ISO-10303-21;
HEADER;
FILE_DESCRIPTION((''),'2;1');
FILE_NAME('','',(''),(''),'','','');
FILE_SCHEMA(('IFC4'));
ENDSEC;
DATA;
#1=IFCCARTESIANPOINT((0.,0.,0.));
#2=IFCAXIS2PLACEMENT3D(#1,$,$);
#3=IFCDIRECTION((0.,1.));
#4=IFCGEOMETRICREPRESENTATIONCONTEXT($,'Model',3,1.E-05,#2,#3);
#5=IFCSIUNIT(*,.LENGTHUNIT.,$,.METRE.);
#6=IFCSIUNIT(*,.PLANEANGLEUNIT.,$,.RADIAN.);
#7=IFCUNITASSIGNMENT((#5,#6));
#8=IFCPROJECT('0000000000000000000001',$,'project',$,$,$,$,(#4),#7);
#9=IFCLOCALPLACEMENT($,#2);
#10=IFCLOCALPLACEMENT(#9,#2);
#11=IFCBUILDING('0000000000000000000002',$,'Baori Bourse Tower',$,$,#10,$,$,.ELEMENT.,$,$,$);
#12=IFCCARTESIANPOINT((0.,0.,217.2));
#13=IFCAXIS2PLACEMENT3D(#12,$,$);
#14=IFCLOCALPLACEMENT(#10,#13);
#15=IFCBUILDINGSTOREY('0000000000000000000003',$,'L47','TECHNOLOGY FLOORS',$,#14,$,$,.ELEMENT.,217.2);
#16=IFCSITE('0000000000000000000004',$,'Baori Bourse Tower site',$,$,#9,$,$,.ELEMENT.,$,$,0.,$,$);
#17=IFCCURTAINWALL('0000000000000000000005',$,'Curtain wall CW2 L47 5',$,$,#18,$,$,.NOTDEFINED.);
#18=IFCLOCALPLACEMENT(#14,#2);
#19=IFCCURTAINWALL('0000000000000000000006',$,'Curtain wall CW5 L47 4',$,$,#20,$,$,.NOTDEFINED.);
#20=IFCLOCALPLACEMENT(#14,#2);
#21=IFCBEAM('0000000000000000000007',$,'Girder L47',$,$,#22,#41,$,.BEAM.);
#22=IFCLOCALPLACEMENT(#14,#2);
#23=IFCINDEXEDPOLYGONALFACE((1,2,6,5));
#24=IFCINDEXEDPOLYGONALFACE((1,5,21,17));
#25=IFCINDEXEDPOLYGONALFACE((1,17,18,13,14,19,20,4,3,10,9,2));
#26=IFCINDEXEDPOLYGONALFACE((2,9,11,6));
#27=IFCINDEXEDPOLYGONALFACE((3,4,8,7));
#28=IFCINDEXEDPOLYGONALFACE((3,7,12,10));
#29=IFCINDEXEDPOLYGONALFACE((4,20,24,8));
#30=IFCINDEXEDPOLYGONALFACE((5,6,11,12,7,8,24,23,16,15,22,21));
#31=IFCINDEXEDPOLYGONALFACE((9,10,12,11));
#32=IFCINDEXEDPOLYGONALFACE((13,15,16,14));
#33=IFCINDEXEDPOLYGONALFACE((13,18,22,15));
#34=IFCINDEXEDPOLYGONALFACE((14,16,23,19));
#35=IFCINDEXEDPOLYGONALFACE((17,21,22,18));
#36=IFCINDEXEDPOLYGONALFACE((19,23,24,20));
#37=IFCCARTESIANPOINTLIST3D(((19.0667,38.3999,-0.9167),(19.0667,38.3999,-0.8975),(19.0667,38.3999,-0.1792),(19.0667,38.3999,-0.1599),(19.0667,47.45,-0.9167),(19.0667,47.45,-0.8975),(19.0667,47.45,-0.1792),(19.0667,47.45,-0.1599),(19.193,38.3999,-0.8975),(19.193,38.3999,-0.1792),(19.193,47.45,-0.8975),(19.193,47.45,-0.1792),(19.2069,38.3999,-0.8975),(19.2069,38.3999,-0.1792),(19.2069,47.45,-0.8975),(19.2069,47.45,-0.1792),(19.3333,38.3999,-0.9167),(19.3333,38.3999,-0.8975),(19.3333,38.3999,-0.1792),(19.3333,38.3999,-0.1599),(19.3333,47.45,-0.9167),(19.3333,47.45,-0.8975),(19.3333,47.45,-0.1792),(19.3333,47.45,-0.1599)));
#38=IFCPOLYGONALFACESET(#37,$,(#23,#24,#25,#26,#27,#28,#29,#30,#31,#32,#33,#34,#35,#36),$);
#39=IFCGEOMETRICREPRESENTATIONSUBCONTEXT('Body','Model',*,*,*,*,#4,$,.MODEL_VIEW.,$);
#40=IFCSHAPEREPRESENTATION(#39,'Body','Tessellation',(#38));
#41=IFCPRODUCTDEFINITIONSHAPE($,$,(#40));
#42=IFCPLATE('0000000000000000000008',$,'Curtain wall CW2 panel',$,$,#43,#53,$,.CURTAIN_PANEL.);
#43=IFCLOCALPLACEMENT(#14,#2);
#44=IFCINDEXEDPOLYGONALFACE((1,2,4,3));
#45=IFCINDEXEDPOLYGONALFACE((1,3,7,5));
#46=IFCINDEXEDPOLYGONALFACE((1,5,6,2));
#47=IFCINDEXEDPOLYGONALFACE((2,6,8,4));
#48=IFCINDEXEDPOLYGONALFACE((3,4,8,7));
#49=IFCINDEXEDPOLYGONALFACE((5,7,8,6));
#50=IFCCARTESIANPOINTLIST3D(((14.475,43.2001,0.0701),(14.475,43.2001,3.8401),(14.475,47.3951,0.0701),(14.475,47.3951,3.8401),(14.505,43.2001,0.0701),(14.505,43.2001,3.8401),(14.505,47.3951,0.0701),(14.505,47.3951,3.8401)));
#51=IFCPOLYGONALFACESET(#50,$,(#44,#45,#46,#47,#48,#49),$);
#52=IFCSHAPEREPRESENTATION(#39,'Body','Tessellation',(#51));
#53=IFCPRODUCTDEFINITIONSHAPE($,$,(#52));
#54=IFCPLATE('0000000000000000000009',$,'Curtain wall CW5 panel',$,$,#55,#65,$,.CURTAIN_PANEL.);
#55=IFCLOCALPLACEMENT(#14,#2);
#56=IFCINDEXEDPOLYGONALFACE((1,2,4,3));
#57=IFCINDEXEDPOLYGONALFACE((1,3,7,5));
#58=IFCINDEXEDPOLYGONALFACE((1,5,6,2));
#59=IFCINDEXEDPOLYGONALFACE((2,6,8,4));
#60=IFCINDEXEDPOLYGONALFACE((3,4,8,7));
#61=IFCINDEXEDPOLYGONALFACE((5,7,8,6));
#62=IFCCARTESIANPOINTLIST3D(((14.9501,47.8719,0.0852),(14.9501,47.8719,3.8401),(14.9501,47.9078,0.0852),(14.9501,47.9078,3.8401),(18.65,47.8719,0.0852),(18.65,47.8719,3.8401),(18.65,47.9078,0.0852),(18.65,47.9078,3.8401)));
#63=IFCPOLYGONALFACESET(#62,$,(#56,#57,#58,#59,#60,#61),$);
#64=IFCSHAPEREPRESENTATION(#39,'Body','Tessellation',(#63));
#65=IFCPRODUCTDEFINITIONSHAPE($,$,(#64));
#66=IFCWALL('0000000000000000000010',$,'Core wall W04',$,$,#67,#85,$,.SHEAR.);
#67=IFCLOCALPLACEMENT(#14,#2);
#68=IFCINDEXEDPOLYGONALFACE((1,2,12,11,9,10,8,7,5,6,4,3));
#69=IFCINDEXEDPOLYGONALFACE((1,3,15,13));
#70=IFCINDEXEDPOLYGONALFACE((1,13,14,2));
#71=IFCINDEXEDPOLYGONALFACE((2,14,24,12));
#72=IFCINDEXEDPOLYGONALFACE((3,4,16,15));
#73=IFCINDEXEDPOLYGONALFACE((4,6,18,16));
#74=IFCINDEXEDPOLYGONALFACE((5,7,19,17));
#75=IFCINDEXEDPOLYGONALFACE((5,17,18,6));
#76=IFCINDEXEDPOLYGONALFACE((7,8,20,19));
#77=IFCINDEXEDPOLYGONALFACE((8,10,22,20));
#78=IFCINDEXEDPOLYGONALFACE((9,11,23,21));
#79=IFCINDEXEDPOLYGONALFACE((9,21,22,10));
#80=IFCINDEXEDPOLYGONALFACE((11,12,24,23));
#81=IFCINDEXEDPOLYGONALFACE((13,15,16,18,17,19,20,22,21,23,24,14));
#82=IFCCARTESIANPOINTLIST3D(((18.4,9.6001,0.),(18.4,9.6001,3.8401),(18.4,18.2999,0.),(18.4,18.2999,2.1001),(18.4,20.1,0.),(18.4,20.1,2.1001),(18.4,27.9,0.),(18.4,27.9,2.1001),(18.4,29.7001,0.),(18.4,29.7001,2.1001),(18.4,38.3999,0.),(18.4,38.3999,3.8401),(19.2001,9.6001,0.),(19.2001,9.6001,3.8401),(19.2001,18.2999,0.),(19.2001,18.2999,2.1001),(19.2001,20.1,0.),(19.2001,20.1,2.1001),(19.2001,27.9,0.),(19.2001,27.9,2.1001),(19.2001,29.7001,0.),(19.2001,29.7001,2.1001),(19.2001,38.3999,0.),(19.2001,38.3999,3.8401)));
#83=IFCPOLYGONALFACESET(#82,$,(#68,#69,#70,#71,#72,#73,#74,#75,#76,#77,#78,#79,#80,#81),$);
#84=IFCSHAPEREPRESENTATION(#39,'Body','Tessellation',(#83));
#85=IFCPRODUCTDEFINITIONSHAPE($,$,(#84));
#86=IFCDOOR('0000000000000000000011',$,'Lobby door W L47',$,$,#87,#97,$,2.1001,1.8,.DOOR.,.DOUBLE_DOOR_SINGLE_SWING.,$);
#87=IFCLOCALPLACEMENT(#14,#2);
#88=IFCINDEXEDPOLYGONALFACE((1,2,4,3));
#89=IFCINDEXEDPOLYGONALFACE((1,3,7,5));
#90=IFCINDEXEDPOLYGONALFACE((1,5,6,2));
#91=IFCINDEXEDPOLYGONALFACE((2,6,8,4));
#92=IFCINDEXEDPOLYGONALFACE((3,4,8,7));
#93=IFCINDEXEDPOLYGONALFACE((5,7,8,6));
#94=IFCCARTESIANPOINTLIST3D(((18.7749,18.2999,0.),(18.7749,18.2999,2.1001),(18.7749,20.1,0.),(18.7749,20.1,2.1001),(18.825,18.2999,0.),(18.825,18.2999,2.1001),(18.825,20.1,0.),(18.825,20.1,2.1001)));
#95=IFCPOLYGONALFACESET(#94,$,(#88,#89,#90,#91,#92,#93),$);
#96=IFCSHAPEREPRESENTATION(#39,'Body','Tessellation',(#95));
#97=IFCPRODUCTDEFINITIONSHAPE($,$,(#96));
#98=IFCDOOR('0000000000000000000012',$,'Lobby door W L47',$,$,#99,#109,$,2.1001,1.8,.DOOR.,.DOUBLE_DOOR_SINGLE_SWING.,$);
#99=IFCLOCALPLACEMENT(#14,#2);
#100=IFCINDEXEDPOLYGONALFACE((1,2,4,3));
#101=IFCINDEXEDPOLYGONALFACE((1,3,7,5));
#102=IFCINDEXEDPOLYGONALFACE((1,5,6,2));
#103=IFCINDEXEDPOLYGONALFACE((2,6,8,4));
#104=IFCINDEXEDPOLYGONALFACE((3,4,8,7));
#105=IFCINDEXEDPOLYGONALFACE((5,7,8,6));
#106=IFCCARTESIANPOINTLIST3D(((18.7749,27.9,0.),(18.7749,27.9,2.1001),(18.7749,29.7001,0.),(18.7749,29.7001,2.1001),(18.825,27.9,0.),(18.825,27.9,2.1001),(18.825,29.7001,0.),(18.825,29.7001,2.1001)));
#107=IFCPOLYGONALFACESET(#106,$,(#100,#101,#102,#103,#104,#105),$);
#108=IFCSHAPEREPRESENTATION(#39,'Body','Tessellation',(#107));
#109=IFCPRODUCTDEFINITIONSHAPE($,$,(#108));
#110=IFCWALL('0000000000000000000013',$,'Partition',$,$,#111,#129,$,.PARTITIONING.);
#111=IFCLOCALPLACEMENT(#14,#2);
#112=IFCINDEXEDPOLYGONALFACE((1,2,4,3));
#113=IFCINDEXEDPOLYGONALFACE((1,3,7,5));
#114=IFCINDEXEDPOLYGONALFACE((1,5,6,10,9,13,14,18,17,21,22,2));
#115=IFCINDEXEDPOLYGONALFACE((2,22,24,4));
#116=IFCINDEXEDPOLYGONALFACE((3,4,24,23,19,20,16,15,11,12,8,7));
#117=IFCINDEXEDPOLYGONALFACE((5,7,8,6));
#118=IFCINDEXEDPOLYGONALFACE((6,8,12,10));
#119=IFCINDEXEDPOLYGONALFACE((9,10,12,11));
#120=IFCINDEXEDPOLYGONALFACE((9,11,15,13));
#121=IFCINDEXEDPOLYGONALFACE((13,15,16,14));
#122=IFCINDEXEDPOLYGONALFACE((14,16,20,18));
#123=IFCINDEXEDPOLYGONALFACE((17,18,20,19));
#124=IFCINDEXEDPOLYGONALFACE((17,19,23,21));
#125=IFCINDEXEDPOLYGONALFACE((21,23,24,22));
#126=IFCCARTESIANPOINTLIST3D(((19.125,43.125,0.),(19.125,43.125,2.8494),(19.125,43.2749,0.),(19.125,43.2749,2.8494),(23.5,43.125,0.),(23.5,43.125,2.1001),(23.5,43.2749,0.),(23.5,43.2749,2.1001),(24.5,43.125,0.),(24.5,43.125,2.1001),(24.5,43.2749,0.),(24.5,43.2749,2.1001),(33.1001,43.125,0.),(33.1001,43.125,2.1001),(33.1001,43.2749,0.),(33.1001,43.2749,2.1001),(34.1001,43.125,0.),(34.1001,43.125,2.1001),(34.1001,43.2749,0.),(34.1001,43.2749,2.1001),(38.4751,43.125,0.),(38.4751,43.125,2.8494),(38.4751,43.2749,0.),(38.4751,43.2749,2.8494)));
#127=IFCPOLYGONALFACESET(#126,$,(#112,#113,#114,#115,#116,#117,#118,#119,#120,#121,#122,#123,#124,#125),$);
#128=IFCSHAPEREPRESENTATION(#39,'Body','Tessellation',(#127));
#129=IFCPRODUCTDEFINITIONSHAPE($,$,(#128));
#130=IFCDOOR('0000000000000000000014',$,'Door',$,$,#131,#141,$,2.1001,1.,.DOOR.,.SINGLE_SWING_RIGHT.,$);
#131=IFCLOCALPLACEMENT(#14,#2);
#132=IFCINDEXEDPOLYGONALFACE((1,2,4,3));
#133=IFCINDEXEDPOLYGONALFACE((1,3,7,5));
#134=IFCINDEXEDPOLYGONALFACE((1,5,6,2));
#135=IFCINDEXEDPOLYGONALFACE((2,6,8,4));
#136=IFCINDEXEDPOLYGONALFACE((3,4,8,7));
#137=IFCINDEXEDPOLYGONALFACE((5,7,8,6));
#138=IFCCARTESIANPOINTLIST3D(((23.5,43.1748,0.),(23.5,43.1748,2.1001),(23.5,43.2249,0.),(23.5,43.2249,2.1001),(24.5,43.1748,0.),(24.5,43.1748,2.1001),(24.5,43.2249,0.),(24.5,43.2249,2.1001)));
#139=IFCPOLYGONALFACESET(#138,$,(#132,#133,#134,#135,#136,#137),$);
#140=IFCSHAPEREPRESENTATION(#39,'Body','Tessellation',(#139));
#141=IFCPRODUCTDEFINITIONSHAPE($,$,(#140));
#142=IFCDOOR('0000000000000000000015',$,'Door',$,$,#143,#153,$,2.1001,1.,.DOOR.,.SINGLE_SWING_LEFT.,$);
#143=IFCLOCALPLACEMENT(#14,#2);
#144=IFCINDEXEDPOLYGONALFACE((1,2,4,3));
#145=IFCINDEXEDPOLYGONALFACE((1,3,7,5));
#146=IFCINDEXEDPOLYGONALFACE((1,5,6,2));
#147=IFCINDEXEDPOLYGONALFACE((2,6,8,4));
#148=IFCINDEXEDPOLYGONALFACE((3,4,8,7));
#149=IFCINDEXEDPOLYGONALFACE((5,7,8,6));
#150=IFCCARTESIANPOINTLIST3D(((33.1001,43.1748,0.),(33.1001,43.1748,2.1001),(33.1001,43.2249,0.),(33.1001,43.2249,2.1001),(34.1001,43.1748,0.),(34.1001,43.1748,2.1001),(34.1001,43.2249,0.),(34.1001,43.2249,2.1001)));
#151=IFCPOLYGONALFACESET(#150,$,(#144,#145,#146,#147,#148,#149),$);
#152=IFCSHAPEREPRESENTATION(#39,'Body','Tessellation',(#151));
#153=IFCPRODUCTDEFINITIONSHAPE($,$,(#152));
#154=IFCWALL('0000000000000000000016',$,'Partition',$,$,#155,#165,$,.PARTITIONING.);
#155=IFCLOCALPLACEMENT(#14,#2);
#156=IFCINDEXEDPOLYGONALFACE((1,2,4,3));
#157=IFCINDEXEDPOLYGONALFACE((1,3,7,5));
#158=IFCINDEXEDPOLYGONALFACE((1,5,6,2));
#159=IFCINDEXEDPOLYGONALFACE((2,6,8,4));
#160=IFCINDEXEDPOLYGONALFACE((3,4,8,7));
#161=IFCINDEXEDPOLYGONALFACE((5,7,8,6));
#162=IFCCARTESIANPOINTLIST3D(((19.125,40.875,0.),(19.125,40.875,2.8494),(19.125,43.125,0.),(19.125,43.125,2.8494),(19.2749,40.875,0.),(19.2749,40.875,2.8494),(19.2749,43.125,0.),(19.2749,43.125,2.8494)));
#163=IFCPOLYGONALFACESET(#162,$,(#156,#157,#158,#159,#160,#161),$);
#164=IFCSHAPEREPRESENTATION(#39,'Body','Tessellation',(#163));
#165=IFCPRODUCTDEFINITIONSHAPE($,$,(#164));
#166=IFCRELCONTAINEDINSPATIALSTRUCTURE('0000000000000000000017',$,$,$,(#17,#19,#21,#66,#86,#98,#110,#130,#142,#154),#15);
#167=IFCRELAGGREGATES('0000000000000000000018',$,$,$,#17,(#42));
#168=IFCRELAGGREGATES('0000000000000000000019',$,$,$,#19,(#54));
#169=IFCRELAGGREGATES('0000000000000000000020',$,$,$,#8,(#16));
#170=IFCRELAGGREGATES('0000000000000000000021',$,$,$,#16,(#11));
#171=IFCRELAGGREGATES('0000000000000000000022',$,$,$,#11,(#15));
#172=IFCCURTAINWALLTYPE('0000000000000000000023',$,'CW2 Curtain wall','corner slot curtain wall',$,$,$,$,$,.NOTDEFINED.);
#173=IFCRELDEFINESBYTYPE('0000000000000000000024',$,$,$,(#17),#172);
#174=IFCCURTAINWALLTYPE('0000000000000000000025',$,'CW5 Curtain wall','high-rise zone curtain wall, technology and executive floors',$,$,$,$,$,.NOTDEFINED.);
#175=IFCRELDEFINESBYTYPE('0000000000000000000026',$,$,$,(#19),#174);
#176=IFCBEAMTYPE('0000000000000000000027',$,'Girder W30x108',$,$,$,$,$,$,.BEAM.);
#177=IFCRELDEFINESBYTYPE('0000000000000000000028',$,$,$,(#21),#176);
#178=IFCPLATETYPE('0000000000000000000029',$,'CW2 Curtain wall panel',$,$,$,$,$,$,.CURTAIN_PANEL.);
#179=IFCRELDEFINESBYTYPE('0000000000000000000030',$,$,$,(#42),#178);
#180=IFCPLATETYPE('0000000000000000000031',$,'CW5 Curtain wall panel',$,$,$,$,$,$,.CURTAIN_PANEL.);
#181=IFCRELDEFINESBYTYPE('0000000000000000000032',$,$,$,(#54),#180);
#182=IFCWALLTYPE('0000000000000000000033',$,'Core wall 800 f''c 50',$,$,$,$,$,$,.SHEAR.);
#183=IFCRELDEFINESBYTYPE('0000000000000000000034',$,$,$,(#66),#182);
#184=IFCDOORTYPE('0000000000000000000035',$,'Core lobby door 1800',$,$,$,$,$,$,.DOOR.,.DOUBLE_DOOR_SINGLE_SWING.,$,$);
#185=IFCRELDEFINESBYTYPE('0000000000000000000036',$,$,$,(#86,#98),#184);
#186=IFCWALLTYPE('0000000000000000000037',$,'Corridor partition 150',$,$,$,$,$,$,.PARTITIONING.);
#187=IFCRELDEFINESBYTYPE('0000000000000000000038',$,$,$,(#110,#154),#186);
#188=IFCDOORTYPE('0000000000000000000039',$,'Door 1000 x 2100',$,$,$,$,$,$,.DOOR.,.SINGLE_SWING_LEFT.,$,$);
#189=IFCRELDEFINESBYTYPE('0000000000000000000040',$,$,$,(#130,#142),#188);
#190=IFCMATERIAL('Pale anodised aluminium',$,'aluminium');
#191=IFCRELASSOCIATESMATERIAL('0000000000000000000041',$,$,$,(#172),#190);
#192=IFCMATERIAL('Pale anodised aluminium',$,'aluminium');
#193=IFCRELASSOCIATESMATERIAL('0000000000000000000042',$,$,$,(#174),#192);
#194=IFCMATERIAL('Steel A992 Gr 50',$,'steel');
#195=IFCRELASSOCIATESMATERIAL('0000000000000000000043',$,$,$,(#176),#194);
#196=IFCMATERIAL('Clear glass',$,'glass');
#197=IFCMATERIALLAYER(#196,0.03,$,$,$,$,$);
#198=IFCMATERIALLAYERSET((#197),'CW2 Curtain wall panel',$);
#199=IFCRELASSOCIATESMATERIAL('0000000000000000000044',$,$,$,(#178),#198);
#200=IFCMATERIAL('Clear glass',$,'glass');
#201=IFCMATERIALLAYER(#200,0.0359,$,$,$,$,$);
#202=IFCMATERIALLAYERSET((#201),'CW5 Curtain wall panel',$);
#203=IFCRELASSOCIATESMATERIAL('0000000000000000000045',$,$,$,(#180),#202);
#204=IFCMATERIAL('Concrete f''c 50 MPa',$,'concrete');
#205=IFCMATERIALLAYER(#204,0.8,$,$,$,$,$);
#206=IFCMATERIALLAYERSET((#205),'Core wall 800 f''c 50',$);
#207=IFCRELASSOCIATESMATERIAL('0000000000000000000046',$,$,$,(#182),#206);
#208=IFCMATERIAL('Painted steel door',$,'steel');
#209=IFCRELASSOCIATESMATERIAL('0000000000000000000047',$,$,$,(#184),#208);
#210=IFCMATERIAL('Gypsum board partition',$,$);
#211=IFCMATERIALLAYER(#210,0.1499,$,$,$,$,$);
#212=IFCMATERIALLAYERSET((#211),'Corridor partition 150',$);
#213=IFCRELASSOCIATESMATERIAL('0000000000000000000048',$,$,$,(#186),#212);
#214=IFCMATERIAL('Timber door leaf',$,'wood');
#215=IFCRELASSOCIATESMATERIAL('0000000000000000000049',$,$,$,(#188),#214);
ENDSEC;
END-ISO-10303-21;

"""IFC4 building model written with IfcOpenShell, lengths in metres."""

from ifc_helpers import new_model, si_unit, direction, frame, frame_2d, origin, origin_2d, place, context, subcontext, project, spatial, rectangle, i_section, extrude, material, layer, layer_set, material_profile, profile_set, type_object, element, fill, aggregate, save


model = new_model("IFC4")

# Units and contexts
model_context = context("Model", 3, precision=1e-05, world=origin(), true_north=direction((0.0, 1.0)))
body_context = subcontext(model_context, "Body", "Model", "MODEL_VIEW")
ifc_project = project(units=[si_unit("LENGTHUNIT", "METRE"), si_unit("PLANEANGLEUNIT", "RADIAN")], contexts=[model_context])

# Site, building, storey
site_placement = place(None, origin())
site = spatial("IfcSite", under=ifc_project, at=site_placement, Name="Baori Bourse Tower site", CompositionType="ELEMENT", RefElevation=0.0)
building_placement = place(site_placement, origin())
building = spatial("IfcBuilding", under=site, at=building_placement, Name="Baori Bourse Tower", CompositionType="ELEMENT")
storey_placement = place(building_placement, frame((0.0, 0.0, 217.2)))
storey = spatial("IfcBuildingStorey", under=building, at=storey_placement, Name="L47", Description="TECHNOLOGY FLOORS", CompositionType="ELEMENT", Elevation=217.2)

# Curtain wall
ifc_material_1 = material(Name="Pale anodised aluminium", Category="aluminium")
curtain_wall_type_1 = type_object("IfcCurtainWallType", Name="CW2 Curtain wall", Description="corner slot curtain wall", PredefinedType="NOTDEFINED", material=ifc_material_1)
curtain_wall_1_placement = place(storey_placement, origin())
curtain_wall_1 = element("IfcCurtainWall", 1, at=curtain_wall_1_placement, inside=storey, type_object=curtain_wall_type_1, Name="Curtain wall CW2 L47 5", PredefinedType="NOTDEFINED")

# Curtain wall
ifc_material_2 = material(Name="Pale anodised aluminium", Category="aluminium")
curtain_wall_type_2 = type_object("IfcCurtainWallType", Name="CW5 Curtain wall", Description="high-rise zone curtain wall, technology and executive floors", PredefinedType="NOTDEFINED", material=ifc_material_2)
curtain_wall_2_placement = place(storey_placement, origin())
curtain_wall_2 = element("IfcCurtainWall", 2, at=curtain_wall_2_placement, inside=storey, type_object=curtain_wall_type_2, Name="Curtain wall CW5 L47 4", PredefinedType="NOTDEFINED")

# Beam
ifc_material_3 = material(Name="Steel A992 Gr 50", Category="steel")
ifc_material_profile_1 = material_profile(ifc_material_3, i_section(OverallWidth=0.2666, OverallDepth=0.7568, WebThickness=0.0139, FlangeThickness=0.0193, at=origin_2d()), Name="W30x108")
ifc_profile_set_1 = profile_set([ifc_material_profile_1], Name="Steel A992 Gr 50")
beam_type_1 = type_object("IfcBeamType", Name="Girder W30x108", PredefinedType="BEAM", material=ifc_profile_set_1)
beam_1_placement = place(storey_placement, frame((19.2, 38.3999, -0.5383), z_axis=(0.0, 1.0, 0.0), x_axis=(-1.0, 0.0, 0.0)))
element("IfcBeam", 3, at=beam_1_placement, inside=storey, type_object=beam_type_1, Name="Girder L47", PredefinedType="BEAM", context=body_context, shape_type="SweptSolid", body=[
    extrude(i_section(OverallWidth=0.2666, OverallDepth=0.7568, WebThickness=0.0139, FlangeThickness=0.0193, at=origin_2d()), origin(), (0.0, 0.0, 1.0), 9.05),
])

# Plates
ifc_material_4 = material(Name="Clear glass", Category="glass")
ifc_layer_1 = layer(ifc_material_4, 0.03)
ifc_layer_set_1 = layer_set([ifc_layer_1], Name="CW2 Curtain wall panel")
plate_type_1 = type_object("IfcPlateType", Name="CW2 Curtain wall panel", PredefinedType="CURTAIN_PANEL", material=ifc_layer_set_1)
plate_1_placement = place(storey_placement, frame((14.49, 45.2976, 0.0701), z_axis=(0.0, 0.0, 1.0), x_axis=(0.0, -1.0, 0.0)))
plate_1 = element("IfcPlate", 4, at=plate_1_placement, type_object=plate_type_1, Name="Curtain wall CW2 panel", PredefinedType="CURTAIN_PANEL", context=body_context, shape_type="SweptSolid", body=[
    extrude(rectangle(XDim=4.1951, YDim=0.03, at=origin_2d()), origin(), (0.0, 0.0, 1.0), 3.77),
])
aggregate(curtain_wall_1, [plate_1])
ifc_material_5 = material(Name="Clear glass", Category="glass")
ifc_layer_2 = layer(ifc_material_5, 0.0359)
ifc_layer_set_2 = layer_set([ifc_layer_2], Name="CW5 Curtain wall panel")
plate_type_2 = type_object("IfcPlateType", Name="CW5 Curtain wall panel", PredefinedType="CURTAIN_PANEL", material=ifc_layer_set_2)
plate_2_placement = place(storey_placement, frame((16.8, 47.8899, 0.0852), z_axis=(0.0, 0.0, 1.0), x_axis=(-1.0, 0.0, 0.0)))
plate_2 = element("IfcPlate", 5, at=plate_2_placement, type_object=plate_type_2, Name="Curtain wall CW5 panel", PredefinedType="CURTAIN_PANEL", context=body_context, shape_type="SweptSolid", body=[
    extrude(rectangle(XDim=3.7, YDim=0.0359, at=origin_2d()), origin(), (0.0, 0.0, 1.0), 3.7549),
])
aggregate(curtain_wall_2, [plate_2])

# Walls, openings, doors
ifc_material_6 = material(Name="Concrete f'c 50 MPa", Category="concrete")
ifc_layer_3 = layer(ifc_material_6, 0.8)
ifc_layer_set_3 = layer_set([ifc_layer_3], Name="Core wall 800 f'c 50")
wall_type_1 = type_object("IfcWallType", Name="Core wall 800 f'c 50", PredefinedType="SHEAR", material=ifc_layer_set_3)
wall_1_placement = place(storey_placement, frame((18.8, 38.3999, 0.0), z_axis=(0.0, 0.0, 1.0), x_axis=(0.0, -1.0, 0.0)))
wall_1 = element("IfcWall", 6, at=wall_1_placement, inside=storey, type_object=wall_type_1, Name="Core wall W04", PredefinedType="SHEAR", context=body_context, shape_type="SweptSolid", body=[
    extrude(rectangle(XDim=28.7998, YDim=0.8, at=frame_2d((14.3999, 0.0))), origin(), (0.0, 0.0, 1.0), 3.8401),
])
opening_1_placement = place(wall_1_placement, frame((18.3, 0.0, 0.0)))
opening_1 = element("IfcOpeningElement", 7, at=opening_1_placement, cuts=wall_1, PredefinedType="OPENING", context=body_context, shape_type="SweptSolid", body=[
    extrude(rectangle(XDim=1.8, YDim=2.1001, at=frame_2d((0.8999, 1.05))), frame((0.0, 0.4099, 0.0), z_axis=(0.0, -1.0, 0.0), x_axis=(1.0, 0.0, 0.0)), (0.0, 0.0, 1.0), 0.8201),
])
opening_2_placement = place(wall_1_placement, frame((8.7, 0.0, 0.0)))
opening_2 = element("IfcOpeningElement", 8, at=opening_2_placement, cuts=wall_1, PredefinedType="OPENING", context=body_context, shape_type="SweptSolid", body=[
    extrude(rectangle(XDim=1.8, YDim=2.1001, at=frame_2d((0.8999, 1.05))), frame((0.0, 0.4099, 0.0), z_axis=(0.0, -1.0, 0.0), x_axis=(1.0, 0.0, 0.0)), (0.0, 0.0, 1.0), 0.8201),
])
ifc_material_7 = material(Name="Painted steel door", Category="steel")
door_type_1 = type_object("IfcDoorType", Name="Core lobby door 1800", OperationType="DOUBLE_DOOR_SINGLE_SWING", PredefinedType="DOOR", material=ifc_material_7)
door_1_placement = place(opening_1_placement, origin())
door_1 = element("IfcDoor", 9, at=door_1_placement, inside=storey, type_object=door_type_1, Name="Lobby door W L47", OperationType="DOUBLE_DOOR_SINGLE_SWING", OverallHeight=2.1001, OverallWidth=1.8, PredefinedType="DOOR", context=body_context, shape_type="SweptSolid", body=[
    extrude(rectangle(XDim=1.8, YDim=2.1001, at=frame_2d((0.8999, 1.05))), frame((0.0, 0.0249, 0.0), z_axis=(0.0, -1.0, 0.0), x_axis=(1.0, 0.0, 0.0)), (0.0, 0.0, 1.0), 0.05),
])
fill(opening_1, door_1)
door_2_placement = place(opening_2_placement, origin())
door_2 = element("IfcDoor", 10, at=door_2_placement, inside=storey, type_object=door_type_1, Name="Lobby door W L47", OperationType="DOUBLE_DOOR_SINGLE_SWING", OverallHeight=2.1001, OverallWidth=1.8, PredefinedType="DOOR", context=body_context, shape_type="SweptSolid", body=[
    extrude(rectangle(XDim=1.8, YDim=2.1001, at=frame_2d((0.8999, 1.05))), frame((0.0, 0.0249, 0.0), z_axis=(0.0, -1.0, 0.0), x_axis=(1.0, 0.0, 0.0)), (0.0, 0.0, 1.0), 0.05),
])
fill(opening_2, door_2)
ifc_material_8 = material(Name="Gypsum board partition")
ifc_layer_4 = layer(ifc_material_8, 0.1499)
ifc_layer_set_4 = layer_set([ifc_layer_4], Name="Corridor partition 150")
wall_type_2 = type_object("IfcWallType", Name="Corridor partition 150", PredefinedType="PARTITIONING", material=ifc_layer_set_4)
wall_2_placement = place(storey_placement, frame((19.125, 43.2, 0.0), z_axis=(0.0, 0.0, 1.0), x_axis=(1.0, 0.0, 0.0)))
wall_2 = element("IfcWall", 11, at=wall_2_placement, inside=storey, type_object=wall_type_2, Name="Partition", PredefinedType="PARTITIONING", context=body_context, shape_type="SweptSolid", body=[
    extrude(rectangle(XDim=19.3501, YDim=0.1499, at=frame_2d((9.675, 0.0))), origin(), (0.0, 0.0, 1.0), 2.8494),
])
opening_3_placement = place(wall_2_placement, frame((4.375, 0.0, 0.0)))
opening_3 = element("IfcOpeningElement", 12, at=opening_3_placement, cuts=wall_2, PredefinedType="OPENING", context=body_context, shape_type="SweptSolid", body=[
    extrude(rectangle(XDim=1.0, YDim=2.1001, at=frame_2d((0.5, 1.05))), frame((0.0, 0.085, 0.0), z_axis=(0.0, -1.0, 0.0), x_axis=(1.0, 0.0, 0.0)), (0.0, 0.0, 1.0), 0.1699),
])
opening_4_placement = place(wall_2_placement, frame((13.9751, 0.0, 0.0)))
opening_4 = element("IfcOpeningElement", 13, at=opening_4_placement, cuts=wall_2, PredefinedType="OPENING", context=body_context, shape_type="SweptSolid", body=[
    extrude(rectangle(XDim=1.0, YDim=2.1001, at=frame_2d((0.5, 1.05))), frame((0.0, 0.085, 0.0), z_axis=(0.0, -1.0, 0.0), x_axis=(1.0, 0.0, 0.0)), (0.0, 0.0, 1.0), 0.1699),
])
ifc_material_9 = material(Name="Timber door leaf", Category="wood")
door_type_2 = type_object("IfcDoorType", Name="Door 1000 x 2100", OperationType="SINGLE_SWING_LEFT", PredefinedType="DOOR", material=ifc_material_9)
door_3_placement = place(opening_3_placement, origin())
door_3 = element("IfcDoor", 14, at=door_3_placement, inside=storey, type_object=door_type_2, Name="Door", OperationType="SINGLE_SWING_RIGHT", OverallHeight=2.1001, OverallWidth=1.0, PredefinedType="DOOR", context=body_context, shape_type="SweptSolid", body=[
    extrude(rectangle(XDim=1.0, YDim=2.1001, at=frame_2d((0.5, 1.05))), frame((0.0, 0.0249, 0.0), z_axis=(0.0, -1.0, 0.0), x_axis=(1.0, 0.0, 0.0)), (0.0, 0.0, 1.0), 0.05),
])
fill(opening_3, door_3)
door_4_placement = place(opening_4_placement, origin())
door_4 = element("IfcDoor", 15, at=door_4_placement, inside=storey, type_object=door_type_2, Name="Door", OperationType="SINGLE_SWING_LEFT", OverallHeight=2.1001, OverallWidth=1.0, PredefinedType="DOOR", context=body_context, shape_type="SweptSolid", body=[
    extrude(rectangle(XDim=1.0, YDim=2.1001, at=frame_2d((0.5, 1.05))), frame((0.0, 0.0249, 0.0), z_axis=(0.0, -1.0, 0.0), x_axis=(1.0, 0.0, 0.0)), (0.0, 0.0, 1.0), 0.05),
])
fill(opening_4, door_4)

# Wall
wall_3_placement = place(storey_placement, frame((19.2, 40.875, 0.0), z_axis=(0.0, 0.0, 1.0), x_axis=(0.0, 1.0, 0.0)))
element("IfcWall", 16, at=wall_3_placement, inside=storey, type_object=wall_type_2, Name="Partition", PredefinedType="PARTITIONING", context=body_context, shape_type="SweptSolid", body=[
    extrude(rectangle(XDim=2.25, YDim=0.1499, at=frame_2d((1.125, 0.0))), origin(), (0.0, 0.0, 1.0), 2.8494),
])

save(model, "model.ifc")
